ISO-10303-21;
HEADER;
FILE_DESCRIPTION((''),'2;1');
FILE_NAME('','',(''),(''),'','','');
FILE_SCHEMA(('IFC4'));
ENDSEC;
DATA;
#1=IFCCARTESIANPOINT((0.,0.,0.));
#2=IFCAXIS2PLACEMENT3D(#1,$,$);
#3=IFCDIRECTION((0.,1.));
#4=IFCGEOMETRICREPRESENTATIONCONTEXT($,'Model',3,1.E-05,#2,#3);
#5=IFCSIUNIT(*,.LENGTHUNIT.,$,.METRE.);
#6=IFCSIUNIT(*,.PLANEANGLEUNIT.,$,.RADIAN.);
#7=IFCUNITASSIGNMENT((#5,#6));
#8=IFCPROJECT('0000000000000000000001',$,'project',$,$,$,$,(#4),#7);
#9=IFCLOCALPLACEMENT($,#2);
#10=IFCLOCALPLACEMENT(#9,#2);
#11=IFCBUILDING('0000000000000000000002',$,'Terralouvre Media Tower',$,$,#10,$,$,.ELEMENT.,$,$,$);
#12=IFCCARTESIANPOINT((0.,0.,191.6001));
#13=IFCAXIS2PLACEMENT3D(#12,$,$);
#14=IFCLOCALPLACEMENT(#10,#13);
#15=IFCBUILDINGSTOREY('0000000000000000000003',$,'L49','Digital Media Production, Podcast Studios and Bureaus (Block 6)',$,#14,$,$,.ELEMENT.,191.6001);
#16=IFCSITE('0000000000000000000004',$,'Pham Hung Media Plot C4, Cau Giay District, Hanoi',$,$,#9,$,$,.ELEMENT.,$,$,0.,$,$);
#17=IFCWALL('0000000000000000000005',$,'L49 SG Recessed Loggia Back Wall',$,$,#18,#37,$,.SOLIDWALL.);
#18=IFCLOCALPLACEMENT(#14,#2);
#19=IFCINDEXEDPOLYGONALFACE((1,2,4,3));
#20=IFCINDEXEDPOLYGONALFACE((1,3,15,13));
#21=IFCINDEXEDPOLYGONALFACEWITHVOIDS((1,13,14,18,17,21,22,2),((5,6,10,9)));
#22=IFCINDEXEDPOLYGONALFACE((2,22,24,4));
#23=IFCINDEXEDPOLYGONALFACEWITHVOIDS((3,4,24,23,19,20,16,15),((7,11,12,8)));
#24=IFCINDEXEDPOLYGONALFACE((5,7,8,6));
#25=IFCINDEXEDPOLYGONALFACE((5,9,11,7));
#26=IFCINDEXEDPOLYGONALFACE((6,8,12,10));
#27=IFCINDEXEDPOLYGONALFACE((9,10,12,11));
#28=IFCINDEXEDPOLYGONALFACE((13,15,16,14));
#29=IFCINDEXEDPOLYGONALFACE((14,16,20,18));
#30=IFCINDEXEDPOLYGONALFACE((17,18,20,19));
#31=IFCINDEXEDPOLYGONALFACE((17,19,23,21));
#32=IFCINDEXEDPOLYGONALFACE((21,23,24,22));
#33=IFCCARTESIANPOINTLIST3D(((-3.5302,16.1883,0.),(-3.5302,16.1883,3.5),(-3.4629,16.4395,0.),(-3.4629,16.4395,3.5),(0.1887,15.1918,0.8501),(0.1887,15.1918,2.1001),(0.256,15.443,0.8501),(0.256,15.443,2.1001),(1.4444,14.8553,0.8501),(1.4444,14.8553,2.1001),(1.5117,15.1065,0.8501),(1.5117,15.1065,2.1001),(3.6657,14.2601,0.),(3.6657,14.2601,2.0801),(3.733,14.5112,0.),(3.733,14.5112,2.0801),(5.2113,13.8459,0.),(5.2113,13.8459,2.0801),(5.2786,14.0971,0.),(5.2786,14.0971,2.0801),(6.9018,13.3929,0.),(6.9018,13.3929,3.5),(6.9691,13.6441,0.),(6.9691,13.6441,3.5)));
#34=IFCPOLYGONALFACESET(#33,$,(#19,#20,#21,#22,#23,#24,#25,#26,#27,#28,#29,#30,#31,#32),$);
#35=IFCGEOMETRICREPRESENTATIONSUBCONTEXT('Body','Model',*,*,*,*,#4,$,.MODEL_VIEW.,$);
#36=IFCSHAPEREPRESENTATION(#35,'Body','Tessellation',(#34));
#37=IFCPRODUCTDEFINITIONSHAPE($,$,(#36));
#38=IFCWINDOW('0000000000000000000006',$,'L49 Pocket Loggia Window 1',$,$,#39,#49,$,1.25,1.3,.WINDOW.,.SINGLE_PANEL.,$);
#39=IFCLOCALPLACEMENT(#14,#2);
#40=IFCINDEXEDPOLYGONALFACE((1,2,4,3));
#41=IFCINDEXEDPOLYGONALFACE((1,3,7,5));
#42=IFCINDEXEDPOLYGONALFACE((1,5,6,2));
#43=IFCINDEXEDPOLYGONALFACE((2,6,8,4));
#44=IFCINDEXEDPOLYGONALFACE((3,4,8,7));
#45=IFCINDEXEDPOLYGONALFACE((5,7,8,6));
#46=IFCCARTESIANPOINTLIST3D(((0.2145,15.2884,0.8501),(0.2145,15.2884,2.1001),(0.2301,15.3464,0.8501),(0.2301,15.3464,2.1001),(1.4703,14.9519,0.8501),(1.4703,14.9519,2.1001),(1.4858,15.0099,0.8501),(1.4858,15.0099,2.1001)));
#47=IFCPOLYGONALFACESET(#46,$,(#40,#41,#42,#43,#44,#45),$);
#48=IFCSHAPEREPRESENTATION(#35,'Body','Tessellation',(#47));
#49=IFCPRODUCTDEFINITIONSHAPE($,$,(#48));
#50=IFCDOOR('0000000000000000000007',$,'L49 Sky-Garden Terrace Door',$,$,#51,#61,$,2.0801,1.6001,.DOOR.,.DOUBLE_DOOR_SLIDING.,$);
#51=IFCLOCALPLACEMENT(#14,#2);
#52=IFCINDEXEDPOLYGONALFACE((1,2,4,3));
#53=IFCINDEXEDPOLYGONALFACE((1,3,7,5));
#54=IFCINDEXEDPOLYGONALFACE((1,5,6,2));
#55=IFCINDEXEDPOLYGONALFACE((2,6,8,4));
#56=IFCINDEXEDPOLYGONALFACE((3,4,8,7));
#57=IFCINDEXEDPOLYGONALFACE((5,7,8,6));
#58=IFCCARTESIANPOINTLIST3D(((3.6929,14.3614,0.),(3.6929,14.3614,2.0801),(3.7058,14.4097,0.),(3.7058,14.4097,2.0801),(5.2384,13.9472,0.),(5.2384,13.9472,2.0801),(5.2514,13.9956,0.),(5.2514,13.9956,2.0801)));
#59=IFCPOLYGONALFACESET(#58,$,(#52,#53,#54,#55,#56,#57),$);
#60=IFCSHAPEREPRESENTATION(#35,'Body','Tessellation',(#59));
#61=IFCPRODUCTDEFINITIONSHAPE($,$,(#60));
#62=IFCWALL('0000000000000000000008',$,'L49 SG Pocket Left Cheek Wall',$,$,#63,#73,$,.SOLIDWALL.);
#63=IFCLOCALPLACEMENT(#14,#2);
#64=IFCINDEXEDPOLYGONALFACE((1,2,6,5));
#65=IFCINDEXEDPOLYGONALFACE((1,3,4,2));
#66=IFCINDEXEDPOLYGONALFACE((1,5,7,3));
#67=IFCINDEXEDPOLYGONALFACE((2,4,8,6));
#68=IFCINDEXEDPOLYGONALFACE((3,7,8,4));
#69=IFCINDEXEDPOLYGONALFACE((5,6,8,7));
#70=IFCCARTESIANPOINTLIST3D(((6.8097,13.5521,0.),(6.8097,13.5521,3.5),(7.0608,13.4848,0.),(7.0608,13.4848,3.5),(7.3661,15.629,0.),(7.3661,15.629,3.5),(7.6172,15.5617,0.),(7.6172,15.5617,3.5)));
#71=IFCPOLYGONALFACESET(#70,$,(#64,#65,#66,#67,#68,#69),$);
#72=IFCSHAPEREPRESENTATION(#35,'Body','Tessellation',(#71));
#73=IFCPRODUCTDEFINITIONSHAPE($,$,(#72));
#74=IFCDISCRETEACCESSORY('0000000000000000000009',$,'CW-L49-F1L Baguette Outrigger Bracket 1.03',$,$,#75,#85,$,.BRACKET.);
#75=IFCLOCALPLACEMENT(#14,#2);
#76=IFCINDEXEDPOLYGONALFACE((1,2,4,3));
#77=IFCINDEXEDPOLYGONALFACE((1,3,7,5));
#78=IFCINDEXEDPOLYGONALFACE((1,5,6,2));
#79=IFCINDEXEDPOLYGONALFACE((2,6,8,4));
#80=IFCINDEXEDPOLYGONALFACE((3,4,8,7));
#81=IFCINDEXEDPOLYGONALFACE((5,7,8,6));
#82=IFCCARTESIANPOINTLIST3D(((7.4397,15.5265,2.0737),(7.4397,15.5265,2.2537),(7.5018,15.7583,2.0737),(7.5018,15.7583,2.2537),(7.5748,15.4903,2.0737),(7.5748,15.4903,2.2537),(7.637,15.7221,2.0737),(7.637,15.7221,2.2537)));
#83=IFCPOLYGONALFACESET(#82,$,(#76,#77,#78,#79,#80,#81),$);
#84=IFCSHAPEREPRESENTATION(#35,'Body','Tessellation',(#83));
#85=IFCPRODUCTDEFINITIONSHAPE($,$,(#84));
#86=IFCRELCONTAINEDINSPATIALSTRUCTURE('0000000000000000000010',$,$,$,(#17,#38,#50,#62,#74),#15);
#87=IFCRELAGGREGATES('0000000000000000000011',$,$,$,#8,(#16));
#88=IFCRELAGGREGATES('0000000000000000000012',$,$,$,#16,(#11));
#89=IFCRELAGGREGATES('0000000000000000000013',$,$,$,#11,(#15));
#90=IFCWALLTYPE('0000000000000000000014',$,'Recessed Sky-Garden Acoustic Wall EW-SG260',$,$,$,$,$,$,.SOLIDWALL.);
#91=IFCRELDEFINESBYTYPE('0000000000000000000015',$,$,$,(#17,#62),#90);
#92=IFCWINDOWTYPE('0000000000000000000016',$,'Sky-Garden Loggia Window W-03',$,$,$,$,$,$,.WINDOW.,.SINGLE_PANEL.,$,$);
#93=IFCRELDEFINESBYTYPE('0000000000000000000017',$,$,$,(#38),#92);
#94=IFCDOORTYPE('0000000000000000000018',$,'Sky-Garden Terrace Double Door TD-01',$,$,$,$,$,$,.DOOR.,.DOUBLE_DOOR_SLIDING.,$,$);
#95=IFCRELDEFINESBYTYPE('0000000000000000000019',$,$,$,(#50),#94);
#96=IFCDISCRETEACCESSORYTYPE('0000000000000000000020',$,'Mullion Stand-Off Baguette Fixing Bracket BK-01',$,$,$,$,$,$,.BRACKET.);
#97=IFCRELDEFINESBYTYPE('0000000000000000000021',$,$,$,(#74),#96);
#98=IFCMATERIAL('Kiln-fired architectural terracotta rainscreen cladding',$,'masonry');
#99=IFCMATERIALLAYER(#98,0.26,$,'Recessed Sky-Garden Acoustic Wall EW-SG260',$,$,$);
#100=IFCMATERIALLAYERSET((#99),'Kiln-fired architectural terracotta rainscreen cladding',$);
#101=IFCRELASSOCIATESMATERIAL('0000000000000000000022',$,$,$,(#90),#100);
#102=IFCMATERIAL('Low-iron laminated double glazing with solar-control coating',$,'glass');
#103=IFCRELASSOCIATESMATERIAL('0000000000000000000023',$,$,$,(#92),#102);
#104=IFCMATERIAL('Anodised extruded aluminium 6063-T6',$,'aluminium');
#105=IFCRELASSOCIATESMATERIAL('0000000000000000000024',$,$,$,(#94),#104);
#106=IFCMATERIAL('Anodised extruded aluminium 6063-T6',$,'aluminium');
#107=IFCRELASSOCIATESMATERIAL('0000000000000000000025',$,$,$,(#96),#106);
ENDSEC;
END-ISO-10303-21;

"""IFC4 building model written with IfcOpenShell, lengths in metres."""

from ifc_helpers import new_model, si_unit, direction, frame, frame_2d, origin, origin_2d, place, context, subcontext, project, spatial, rectangle, extrude, material, layer, layer_set, type_object, element, fill, save


model = new_model("IFC4")

# Units and contexts
model_context = context("Model", 3, precision=1e-05, world=origin(), true_north=direction((0.0, 1.0)))
body_context = subcontext(model_context, "Body", "Model", "MODEL_VIEW")
ifc_project = project(units=[si_unit("LENGTHUNIT", "METRE"), si_unit("PLANEANGLEUNIT", "RADIAN")], contexts=[model_context])

# Site, building, storey
site_placement = place(None, origin())
site = spatial("IfcSite", under=ifc_project, at=site_placement, Name="Pham Hung Media Plot C4, Cau Giay District, Hanoi", CompositionType="ELEMENT", RefElevation=0.0)
building_placement = place(site_placement, origin())
building = spatial("IfcBuilding", under=site, at=building_placement, Name="Terralouvre Media Tower", CompositionType="ELEMENT")
storey_placement = place(building_placement, frame((0.0, 0.0, 191.6001)))
storey = spatial("IfcBuildingStorey", under=building, at=storey_placement, Name="L49", Description="Digital Media Production, Podcast Studios and Bureaus (Block 6)", CompositionType="ELEMENT", Elevation=191.6001)

# Wall, openings, window, door
ifc_material_1 = material(Name="Kiln-fired architectural terracotta rainscreen cladding", Category="masonry")
ifc_layer_1 = layer(ifc_material_1, 0.26, Name="Recessed Sky-Garden Acoustic Wall EW-SG260")
ifc_layer_set_1 = layer_set([ifc_layer_1], Name="Kiln-fired architectural terracotta rainscreen cladding")
wall_type_1 = type_object("IfcWallType", Name="Recessed Sky-Garden Acoustic Wall EW-SG260", PredefinedType="SOLIDWALL", material=ifc_layer_set_1)
wall_1_placement = place(storey_placement, frame((6.9353, 13.5186, 0.0), z_axis=(0.0, 0.0, 1.0), x_axis=(-0.965923, 0.25883, 0.0)))
wall_1 = element("IfcWall", 1, at=wall_1_placement, inside=storey, type_object=wall_type_1, Name="L49 SG Recessed Loggia Back Wall", PredefinedType="SOLIDWALL", context=body_context, shape_type="SweptSolid", body=[
    extrude(rectangle(XDim=10.8, YDim=0.26, at=frame_2d((5.3999, 0.0))), origin(), (0.0, 0.0, 1.0), 3.5),
])
opening_1_placement = place(wall_1_placement, frame((1.75, 0.0, 0.0)))
opening_1 = element("IfcOpeningElement", 2, at=opening_1_placement, cuts=wall_1, PredefinedType="OPENING", context=body_context, shape_type="SweptSolid", body=[
    extrude(rectangle(XDim=1.6001, YDim=2.0801, at=frame_2d((0.8, 1.04))), frame((0.0, 0.1399, 0.0), z_axis=(0.0, -1.0, 0.0), x_axis=(1.0, 0.0, 0.0)), (0.0, 0.0, 1.0), 0.28),
])
opening_2_placement = place(wall_1_placement, frame((5.6499, 0.0, 0.8501)))
opening_2 = element("IfcOpeningElement", 3, at=opening_2_placement, cuts=wall_1, PredefinedType="OPENING", context=body_context, shape_type="SweptSolid", body=[
    extrude(rectangle(XDim=1.3, YDim=1.25, at=frame_2d((0.6499, 0.625))), frame((0.0, 0.1399, 0.0), z_axis=(0.0, -1.0, 0.0), x_axis=(1.0, 0.0, 0.0)), (0.0, 0.0, 1.0), 0.28),
])
ifc_material_2 = material(Name="Low-iron laminated double glazing with solar-control coating", Category="glass")
window_type = type_object("IfcWindowType", Name="Sky-Garden Loggia Window W-03", PartitioningType="SINGLE_PANEL", PredefinedType="WINDOW", material=ifc_material_2)
window_placement = place(opening_2_placement, origin())
window = element("IfcWindow", 4, at=window_placement, inside=storey, type_object=window_type, Name="L49 Pocket Loggia Window 1", OverallHeight=1.25, OverallWidth=1.3, PartitioningType="SINGLE_PANEL", PredefinedType="WINDOW", context=body_context, shape_type="SweptSolid", body=[
    extrude(rectangle(XDim=1.3, YDim=1.25, at=frame_2d((0.6499, 0.625))), frame((0.0, 0.03, 0.0), z_axis=(0.0, -1.0, 0.0), x_axis=(1.0, 0.0, 0.0)), (0.0, 0.0, 1.0), 0.0601),
])
fill(opening_2, window)
ifc_material_3 = material(Name="Anodised extruded aluminium 6063-T6", Category="aluminium")
door_type_1 = type_object("IfcDoorType", Name="Sky-Garden Terrace Double Door TD-01", OperationType="DOUBLE_DOOR_SLIDING", PredefinedType="DOOR", material=ifc_material_3)
door_1_placement = place(opening_1_placement, frame((1.6001, 0.0, 0.0), z_axis=(0.0, 0.0, 1.0), x_axis=(-1.0, 0.0, 0.0)))
door_1 = element("IfcDoor", 5, at=door_1_placement, inside=storey, type_object=door_type_1, Name="L49 Sky-Garden Terrace Door", OperationType="DOUBLE_DOOR_SLIDING", OverallHeight=2.0801, OverallWidth=1.6001, PredefinedType="DOOR", context=body_context, shape_type="SweptSolid", body=[
    extrude(rectangle(XDim=1.6001, YDim=2.0801, at=frame_2d((0.8, 1.04))), frame((0.0, 0.0249, 0.0), z_axis=(0.0, -1.0, 0.0), x_axis=(1.0, 0.0, 0.0)), (0.0, 0.0, 1.0), 0.05),
])
fill(opening_1, door_1)

# Wall
wall_2_placement = place(storey_placement, frame((7.4917, 15.5955, 0.0), z_axis=(0.0, 0.0, 1.0), x_axis=(-0.258772, -0.965938, 0.0)))
element("IfcWall", 6, at=wall_2_placement, inside=storey, type_object=wall_type_1, Name="L49 SG Pocket Left Cheek Wall", PredefinedType="SOLIDWALL", context=body_context, shape_type="SweptSolid", body=[
    extrude(rectangle(XDim=2.1501, YDim=0.26, at=frame_2d((1.0752, 0.0))), origin(), (0.0, 0.0, 1.0), 3.5),
])

# Discrete accessory
ifc_material_4 = material(Name="Anodised extruded aluminium 6063-T6", Category="aluminium")
discrete_accessory_type = type_object("IfcDiscreteAccessoryType", Name="Mullion Stand-Off Baguette Fixing Bracket BK-01", PredefinedType="BRACKET", material=ifc_material_4)
discrete_accessory_placement = place(storey_placement, frame((7.5383, 15.6243, 2.0737), z_axis=(0.0, 0.0, 1.0), x_axis=(-0.965926, 0.258819, 0.0)))
element("IfcDiscreteAccessory", 7, at=discrete_accessory_placement, inside=storey, type_object=discrete_accessory_type, Name="CW-L49-F1L Baguette Outrigger Bracket 1.03", PredefinedType="BRACKET", context=body_context, shape_type="SweptSolid", body=[
    extrude(rectangle(XDim=0.1399, YDim=0.24, at=origin_2d()), origin(), (0.0, 0.0, 1.0), 0.1799),
])

save(model, "model.ifc")
